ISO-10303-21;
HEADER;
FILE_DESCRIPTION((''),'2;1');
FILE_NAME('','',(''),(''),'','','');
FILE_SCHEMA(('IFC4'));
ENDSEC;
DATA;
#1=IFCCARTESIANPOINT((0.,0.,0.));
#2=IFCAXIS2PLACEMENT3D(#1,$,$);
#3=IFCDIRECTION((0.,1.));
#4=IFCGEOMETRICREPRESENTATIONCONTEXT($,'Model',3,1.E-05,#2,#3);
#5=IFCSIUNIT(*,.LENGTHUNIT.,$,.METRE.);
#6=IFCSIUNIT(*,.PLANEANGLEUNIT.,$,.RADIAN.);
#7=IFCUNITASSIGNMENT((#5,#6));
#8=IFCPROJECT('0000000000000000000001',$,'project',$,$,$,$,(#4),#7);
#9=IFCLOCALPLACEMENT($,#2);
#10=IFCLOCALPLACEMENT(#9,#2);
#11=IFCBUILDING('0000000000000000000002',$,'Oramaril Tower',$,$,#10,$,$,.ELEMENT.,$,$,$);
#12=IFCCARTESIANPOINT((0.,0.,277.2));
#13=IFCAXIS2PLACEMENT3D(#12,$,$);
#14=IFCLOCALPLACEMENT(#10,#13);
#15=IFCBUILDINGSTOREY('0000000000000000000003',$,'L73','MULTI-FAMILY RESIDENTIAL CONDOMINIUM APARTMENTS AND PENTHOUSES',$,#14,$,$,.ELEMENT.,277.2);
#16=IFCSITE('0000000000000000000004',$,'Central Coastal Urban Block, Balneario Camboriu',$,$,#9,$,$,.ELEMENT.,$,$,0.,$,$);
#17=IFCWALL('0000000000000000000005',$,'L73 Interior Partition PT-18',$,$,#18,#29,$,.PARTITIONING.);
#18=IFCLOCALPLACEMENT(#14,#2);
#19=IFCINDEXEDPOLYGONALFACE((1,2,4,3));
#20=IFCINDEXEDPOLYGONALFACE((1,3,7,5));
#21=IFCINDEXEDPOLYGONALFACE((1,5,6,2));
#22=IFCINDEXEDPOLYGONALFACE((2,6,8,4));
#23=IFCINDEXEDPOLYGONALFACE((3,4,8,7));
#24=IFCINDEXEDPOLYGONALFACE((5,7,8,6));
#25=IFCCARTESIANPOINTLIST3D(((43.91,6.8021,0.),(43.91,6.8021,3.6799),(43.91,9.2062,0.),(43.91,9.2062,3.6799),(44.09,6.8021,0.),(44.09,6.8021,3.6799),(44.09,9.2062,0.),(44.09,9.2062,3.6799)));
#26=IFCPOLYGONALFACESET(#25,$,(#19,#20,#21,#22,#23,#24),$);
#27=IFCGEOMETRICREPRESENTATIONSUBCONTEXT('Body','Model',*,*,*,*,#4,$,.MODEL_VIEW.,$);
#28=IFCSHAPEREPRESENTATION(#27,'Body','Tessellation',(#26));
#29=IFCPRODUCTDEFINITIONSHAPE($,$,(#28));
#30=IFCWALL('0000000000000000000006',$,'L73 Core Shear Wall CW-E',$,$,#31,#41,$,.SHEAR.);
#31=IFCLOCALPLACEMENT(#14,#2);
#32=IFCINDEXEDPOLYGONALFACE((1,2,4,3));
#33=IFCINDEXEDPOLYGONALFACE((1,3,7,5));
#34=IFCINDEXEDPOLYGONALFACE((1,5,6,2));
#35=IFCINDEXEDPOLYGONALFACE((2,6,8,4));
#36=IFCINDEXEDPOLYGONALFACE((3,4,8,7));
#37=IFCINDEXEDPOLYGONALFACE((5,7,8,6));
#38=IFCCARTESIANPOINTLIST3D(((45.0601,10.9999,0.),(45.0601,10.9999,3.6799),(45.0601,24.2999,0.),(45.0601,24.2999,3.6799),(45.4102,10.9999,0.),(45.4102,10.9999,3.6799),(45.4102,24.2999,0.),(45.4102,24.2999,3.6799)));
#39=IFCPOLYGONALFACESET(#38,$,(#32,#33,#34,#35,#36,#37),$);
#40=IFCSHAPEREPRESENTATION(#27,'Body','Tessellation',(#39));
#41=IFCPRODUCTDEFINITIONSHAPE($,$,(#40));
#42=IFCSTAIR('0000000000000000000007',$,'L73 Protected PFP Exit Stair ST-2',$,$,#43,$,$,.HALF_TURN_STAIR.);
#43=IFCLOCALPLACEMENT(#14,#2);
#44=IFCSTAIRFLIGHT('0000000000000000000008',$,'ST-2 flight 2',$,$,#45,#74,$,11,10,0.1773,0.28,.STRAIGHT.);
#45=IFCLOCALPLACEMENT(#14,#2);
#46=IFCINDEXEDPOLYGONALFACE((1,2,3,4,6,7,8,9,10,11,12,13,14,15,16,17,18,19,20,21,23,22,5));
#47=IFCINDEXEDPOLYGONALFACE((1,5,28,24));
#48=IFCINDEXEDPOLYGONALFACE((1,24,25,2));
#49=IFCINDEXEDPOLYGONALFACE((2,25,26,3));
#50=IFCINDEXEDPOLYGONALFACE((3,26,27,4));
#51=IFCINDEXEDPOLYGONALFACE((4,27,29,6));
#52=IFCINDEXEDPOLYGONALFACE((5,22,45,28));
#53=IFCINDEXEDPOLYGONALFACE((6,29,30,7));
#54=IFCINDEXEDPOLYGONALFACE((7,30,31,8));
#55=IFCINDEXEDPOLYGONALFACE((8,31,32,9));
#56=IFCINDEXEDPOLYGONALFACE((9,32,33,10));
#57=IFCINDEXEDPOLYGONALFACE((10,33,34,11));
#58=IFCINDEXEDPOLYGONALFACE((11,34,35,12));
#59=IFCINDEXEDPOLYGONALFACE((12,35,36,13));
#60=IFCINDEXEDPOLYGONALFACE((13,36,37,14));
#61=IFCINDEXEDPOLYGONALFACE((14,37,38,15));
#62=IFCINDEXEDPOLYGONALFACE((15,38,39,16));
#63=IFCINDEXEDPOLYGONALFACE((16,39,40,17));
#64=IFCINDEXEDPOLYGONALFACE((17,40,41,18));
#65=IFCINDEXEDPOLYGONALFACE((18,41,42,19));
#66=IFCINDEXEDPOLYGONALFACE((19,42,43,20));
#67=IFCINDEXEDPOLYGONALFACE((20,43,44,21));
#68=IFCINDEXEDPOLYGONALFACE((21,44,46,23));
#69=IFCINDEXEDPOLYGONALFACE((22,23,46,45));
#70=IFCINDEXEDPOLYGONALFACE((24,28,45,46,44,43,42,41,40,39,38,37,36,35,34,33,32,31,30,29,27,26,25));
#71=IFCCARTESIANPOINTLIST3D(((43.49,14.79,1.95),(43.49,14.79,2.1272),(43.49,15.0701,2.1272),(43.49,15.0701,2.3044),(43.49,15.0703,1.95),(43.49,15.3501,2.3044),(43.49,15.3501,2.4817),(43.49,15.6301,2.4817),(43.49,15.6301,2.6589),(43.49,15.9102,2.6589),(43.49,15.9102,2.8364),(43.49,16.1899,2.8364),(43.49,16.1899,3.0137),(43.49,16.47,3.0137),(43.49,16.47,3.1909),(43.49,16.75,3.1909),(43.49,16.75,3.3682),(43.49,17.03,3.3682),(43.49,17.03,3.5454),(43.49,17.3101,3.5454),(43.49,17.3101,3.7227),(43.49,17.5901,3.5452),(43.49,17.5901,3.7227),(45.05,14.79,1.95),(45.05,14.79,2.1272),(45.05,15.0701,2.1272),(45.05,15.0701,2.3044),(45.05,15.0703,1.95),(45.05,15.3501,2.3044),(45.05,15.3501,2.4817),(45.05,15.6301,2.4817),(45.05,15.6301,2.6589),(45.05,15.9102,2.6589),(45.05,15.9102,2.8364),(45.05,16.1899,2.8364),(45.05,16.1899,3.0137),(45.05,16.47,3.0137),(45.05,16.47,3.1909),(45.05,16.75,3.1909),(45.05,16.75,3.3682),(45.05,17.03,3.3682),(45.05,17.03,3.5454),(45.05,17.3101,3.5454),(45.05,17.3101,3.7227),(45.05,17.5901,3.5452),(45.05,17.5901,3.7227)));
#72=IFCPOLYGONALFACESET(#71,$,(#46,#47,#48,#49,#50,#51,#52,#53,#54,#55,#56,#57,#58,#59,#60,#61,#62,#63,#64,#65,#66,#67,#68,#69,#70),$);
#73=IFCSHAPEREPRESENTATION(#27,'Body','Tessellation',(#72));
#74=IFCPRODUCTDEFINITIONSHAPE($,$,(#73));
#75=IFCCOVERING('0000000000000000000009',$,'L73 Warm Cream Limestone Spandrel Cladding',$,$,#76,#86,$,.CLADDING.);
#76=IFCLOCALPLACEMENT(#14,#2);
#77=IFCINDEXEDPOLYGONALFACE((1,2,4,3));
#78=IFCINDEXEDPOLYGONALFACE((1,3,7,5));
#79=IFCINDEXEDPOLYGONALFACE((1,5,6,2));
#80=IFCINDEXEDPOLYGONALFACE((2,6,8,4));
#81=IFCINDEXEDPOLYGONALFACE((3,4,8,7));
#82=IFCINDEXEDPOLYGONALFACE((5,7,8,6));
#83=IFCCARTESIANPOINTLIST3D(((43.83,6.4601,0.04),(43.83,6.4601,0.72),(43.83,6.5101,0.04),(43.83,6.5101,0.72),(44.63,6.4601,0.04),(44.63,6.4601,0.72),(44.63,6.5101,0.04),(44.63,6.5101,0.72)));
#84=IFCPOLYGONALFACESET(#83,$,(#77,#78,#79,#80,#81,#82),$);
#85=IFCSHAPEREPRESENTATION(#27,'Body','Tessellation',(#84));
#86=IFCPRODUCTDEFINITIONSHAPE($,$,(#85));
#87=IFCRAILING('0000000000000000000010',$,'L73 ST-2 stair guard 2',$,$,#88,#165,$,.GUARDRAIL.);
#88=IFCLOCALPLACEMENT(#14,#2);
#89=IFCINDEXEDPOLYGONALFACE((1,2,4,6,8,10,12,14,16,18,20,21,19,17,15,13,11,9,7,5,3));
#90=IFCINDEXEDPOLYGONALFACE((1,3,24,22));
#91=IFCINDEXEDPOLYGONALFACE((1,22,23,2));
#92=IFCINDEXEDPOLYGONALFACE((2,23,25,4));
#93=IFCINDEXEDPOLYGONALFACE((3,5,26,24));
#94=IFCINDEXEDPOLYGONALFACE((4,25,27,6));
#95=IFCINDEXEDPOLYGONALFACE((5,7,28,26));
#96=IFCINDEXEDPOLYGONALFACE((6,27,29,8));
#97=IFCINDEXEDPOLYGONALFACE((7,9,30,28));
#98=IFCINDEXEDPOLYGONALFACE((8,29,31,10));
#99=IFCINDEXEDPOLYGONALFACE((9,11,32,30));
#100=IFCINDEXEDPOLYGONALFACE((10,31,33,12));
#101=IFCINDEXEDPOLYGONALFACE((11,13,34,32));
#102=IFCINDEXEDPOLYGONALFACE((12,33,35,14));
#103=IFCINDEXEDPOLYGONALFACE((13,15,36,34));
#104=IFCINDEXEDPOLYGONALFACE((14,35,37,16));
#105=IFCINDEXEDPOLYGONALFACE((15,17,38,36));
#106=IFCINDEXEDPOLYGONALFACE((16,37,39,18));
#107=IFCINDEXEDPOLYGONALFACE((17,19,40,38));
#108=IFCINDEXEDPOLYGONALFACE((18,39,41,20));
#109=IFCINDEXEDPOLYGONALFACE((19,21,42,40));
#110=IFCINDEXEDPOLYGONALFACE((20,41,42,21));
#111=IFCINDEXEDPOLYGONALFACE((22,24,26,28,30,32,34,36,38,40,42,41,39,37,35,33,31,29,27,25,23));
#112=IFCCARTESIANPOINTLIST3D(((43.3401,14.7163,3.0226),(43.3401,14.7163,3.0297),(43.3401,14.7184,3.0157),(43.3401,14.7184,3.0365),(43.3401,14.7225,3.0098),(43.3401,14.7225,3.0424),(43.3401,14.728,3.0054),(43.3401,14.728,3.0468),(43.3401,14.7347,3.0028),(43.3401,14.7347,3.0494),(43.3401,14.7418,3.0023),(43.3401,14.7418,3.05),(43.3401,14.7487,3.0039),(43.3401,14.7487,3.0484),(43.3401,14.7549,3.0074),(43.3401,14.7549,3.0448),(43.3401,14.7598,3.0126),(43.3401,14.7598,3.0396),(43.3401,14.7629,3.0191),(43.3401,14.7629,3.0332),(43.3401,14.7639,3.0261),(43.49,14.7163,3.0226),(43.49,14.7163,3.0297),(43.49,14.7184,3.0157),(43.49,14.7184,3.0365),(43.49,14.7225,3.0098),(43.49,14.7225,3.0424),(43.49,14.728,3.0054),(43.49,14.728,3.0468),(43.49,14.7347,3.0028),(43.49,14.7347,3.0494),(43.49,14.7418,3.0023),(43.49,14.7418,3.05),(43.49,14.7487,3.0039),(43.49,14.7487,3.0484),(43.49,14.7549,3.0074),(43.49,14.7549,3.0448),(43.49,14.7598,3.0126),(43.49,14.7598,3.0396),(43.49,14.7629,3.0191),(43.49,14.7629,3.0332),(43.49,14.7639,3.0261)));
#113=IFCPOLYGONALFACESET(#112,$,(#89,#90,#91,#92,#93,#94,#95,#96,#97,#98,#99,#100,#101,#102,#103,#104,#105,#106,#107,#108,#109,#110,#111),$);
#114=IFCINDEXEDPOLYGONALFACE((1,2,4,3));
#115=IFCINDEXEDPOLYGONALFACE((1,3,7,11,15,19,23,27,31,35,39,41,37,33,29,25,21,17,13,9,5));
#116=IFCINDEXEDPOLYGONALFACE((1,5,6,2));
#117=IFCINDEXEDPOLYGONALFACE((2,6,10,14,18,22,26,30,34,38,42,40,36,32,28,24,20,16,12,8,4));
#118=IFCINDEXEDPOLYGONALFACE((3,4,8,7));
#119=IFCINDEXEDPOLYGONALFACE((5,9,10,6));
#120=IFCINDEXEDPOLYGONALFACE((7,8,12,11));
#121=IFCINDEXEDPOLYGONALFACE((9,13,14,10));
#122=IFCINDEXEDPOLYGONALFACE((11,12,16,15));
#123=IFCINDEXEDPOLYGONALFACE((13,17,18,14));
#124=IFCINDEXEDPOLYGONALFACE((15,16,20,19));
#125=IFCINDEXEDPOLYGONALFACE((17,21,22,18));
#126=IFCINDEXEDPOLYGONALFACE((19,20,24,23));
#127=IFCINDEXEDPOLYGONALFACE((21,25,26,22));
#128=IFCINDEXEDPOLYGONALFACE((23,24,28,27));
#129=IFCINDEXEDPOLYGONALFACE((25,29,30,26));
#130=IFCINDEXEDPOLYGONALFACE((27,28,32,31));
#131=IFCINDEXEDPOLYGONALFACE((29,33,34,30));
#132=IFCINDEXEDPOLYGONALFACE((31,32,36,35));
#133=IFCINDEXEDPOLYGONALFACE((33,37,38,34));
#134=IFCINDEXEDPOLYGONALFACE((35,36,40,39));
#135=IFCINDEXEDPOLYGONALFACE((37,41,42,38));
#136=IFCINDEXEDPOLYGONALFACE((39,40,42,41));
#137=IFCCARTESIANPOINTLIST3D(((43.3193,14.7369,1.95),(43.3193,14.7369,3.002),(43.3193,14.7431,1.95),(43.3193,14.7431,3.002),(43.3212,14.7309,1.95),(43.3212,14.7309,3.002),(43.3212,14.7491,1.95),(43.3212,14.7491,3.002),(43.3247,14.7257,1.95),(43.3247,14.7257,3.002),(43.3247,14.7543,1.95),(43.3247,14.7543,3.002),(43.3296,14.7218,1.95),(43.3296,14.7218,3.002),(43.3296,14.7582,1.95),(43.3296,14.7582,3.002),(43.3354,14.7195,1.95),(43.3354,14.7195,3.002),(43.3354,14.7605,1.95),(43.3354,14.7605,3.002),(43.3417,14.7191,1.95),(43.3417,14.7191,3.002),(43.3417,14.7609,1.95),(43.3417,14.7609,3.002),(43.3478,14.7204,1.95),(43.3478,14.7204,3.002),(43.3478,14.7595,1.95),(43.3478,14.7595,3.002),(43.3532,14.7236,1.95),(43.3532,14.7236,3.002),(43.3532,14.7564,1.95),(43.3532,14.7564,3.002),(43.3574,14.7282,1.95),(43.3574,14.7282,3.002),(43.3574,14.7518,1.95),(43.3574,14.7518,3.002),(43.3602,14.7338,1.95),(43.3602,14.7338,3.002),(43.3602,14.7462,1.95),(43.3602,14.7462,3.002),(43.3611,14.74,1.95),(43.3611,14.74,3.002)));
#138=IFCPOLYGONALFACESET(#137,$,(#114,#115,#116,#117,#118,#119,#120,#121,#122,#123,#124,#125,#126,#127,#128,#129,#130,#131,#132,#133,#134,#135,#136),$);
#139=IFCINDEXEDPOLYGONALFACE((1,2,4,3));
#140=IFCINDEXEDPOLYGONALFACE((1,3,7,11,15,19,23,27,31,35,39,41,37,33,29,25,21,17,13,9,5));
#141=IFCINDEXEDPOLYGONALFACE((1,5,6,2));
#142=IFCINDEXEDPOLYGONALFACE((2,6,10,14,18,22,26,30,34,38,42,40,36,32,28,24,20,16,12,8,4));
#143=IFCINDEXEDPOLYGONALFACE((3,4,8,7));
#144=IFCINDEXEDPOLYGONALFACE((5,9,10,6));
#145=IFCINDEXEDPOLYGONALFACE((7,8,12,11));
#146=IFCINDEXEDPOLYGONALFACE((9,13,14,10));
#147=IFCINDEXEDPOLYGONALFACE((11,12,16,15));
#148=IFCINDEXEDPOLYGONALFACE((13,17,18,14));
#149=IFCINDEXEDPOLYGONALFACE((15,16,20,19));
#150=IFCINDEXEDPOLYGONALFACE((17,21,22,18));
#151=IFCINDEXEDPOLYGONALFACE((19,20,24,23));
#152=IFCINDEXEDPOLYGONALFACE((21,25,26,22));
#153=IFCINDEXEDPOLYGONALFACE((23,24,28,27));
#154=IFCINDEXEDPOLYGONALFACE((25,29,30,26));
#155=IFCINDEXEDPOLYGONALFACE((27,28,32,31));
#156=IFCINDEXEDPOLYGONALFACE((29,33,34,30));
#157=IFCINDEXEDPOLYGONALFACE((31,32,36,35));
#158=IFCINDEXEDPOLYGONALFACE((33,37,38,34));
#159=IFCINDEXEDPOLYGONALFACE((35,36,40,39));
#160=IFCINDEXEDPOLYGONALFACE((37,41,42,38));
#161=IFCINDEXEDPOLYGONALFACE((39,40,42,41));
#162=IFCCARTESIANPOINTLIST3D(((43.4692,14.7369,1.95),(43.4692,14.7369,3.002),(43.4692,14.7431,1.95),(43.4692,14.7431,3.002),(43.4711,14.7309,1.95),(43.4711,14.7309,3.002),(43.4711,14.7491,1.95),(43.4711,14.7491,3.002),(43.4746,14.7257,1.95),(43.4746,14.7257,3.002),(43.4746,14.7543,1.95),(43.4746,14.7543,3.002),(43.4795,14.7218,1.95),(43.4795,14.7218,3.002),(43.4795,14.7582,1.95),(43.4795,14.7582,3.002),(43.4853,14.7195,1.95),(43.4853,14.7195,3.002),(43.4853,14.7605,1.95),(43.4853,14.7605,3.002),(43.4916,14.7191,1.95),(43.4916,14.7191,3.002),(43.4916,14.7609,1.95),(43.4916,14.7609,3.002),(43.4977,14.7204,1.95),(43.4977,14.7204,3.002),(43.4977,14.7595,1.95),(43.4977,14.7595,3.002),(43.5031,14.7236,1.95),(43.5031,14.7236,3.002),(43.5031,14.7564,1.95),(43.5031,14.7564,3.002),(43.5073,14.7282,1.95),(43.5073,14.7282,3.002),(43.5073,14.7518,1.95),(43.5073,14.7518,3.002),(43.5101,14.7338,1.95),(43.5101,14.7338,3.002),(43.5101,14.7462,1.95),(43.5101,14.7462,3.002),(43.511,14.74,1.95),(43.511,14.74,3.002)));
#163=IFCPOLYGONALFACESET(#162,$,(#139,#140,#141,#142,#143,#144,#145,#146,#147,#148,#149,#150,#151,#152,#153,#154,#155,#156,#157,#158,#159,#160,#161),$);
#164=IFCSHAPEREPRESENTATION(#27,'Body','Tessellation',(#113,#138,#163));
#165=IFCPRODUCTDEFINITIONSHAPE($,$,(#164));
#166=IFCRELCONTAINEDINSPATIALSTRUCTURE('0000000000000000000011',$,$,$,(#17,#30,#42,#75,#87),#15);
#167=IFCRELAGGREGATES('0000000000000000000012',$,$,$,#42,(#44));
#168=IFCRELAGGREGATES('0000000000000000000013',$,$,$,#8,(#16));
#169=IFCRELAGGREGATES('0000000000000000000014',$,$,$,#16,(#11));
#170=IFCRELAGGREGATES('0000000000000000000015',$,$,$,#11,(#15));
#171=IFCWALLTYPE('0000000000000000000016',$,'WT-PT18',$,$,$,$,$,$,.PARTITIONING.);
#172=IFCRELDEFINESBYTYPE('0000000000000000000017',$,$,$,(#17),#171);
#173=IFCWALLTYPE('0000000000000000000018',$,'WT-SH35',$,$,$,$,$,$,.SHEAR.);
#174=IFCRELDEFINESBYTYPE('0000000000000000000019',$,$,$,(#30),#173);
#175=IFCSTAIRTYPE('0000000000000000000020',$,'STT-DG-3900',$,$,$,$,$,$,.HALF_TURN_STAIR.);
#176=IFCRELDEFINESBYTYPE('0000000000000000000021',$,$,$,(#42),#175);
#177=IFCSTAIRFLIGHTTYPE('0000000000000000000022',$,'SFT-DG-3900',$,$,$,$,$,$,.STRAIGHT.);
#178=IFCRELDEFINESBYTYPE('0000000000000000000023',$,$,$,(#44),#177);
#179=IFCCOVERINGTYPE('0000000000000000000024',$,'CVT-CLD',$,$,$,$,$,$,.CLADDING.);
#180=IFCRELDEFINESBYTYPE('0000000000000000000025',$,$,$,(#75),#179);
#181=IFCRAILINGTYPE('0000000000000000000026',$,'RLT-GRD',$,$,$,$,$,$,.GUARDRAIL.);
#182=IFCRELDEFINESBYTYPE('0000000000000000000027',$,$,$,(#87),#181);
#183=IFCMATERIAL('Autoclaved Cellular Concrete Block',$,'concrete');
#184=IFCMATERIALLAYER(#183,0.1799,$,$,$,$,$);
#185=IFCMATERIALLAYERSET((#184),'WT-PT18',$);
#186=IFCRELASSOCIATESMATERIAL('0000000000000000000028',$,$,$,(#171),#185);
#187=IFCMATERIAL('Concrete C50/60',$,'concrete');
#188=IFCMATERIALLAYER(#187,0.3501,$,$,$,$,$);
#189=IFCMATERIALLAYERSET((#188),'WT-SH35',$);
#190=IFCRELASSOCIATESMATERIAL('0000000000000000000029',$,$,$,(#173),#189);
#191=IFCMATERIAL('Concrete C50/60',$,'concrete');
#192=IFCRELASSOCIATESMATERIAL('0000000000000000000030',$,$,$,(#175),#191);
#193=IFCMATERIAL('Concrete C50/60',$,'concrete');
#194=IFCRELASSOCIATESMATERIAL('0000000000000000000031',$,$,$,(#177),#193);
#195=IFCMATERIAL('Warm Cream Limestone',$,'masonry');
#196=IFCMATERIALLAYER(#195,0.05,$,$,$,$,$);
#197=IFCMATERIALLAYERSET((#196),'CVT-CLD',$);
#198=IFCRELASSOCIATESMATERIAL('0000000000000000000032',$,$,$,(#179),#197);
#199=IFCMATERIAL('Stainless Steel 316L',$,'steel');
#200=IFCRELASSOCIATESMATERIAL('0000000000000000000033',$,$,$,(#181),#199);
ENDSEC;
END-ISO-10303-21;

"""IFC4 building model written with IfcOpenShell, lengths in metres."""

from ifc_helpers import new_model, si_unit, direction, frame, frame_2d, origin, origin_2d, place, context, subcontext, project, spatial, polyline, rectangle, circle, outline, extrude, material, layer, layer_set, type_object, element, aggregate, save


model = new_model("IFC4")

# Units and contexts
model_context = context("Model", 3, precision=1e-05, world=origin(), true_north=direction((0.0, 1.0)))
body_context = subcontext(model_context, "Body", "Model", "MODEL_VIEW")
ifc_project = project(units=[si_unit("LENGTHUNIT", "METRE"), si_unit("PLANEANGLEUNIT", "RADIAN")], contexts=[model_context])

# Site, building, storey
site_placement = place(None, origin())
site = spatial("IfcSite", under=ifc_project, at=site_placement, Name="Central Coastal Urban Block, Balneario Camboriu", CompositionType="ELEMENT", RefElevation=0.0)
building_placement = place(site_placement, origin())
building = spatial("IfcBuilding", under=site, at=building_placement, Name="Oramaril Tower", CompositionType="ELEMENT")
storey_placement = place(building_placement, frame((0.0, 0.0, 277.2)))
storey = spatial("IfcBuildingStorey", under=building, at=storey_placement, Name="L73", Description="MULTI-FAMILY RESIDENTIAL CONDOMINIUM APARTMENTS AND PENTHOUSES", CompositionType="ELEMENT", Elevation=277.2)

# Walls
ifc_material_1 = material(Name="Autoclaved Cellular Concrete Block", Category="concrete")
ifc_layer_1 = layer(ifc_material_1, 0.1799)
ifc_layer_set_1 = layer_set([ifc_layer_1], Name="WT-PT18")
wall_type_1 = type_object("IfcWallType", Name="WT-PT18", PredefinedType="PARTITIONING", material=ifc_layer_set_1)
wall_1_placement = place(storey_placement, frame((44.0, 6.802, 0.0), z_axis=(0.0, 0.0, 1.0), x_axis=(0.0, 1.0, 0.0)))
element("IfcWall", 1, at=wall_1_placement, inside=storey, type_object=wall_type_1, Name="L73 Interior Partition PT-18", PredefinedType="PARTITIONING", context=body_context, shape_type="SweptSolid", body=[
    extrude(rectangle(XDim=2.4041, YDim=0.1799, at=frame_2d((1.2021, 0.0))), origin(), (0.0, 0.0, 1.0), 3.6799),
])
ifc_material_2 = material(Name="Concrete C50/60", Category="concrete")
ifc_layer_2 = layer(ifc_material_2, 0.3501)
ifc_layer_set_2 = layer_set([ifc_layer_2], Name="WT-SH35")
wall_type_2 = type_object("IfcWallType", Name="WT-SH35", PredefinedType="SHEAR", material=ifc_layer_set_2)
wall_2_placement = place(storey_placement, frame((45.2351, 11.0, 0.0), z_axis=(0.0, 0.0, 1.0), x_axis=(0.0, 1.0, 0.0)))
element("IfcWall", 2, at=wall_2_placement, inside=storey, type_object=wall_type_2, Name="L73 Core Shear Wall CW-E", PredefinedType="SHEAR", context=body_context, shape_type="SweptSolid", body=[
    extrude(rectangle(XDim=13.3, YDim=0.3501, at=frame_2d((6.6499, 0.0))), origin(), (0.0, 0.0, 1.0), 3.6799),
])

# Stair, stair flight
ifc_material_3 = material(Name="Concrete C50/60", Category="concrete")
stair_type = type_object("IfcStairType", Name="STT-DG-3900", PredefinedType="HALF_TURN_STAIR", material=ifc_material_3)
stair_placement = place(storey_placement, origin())
stair = element("IfcStair", 3, at=stair_placement, inside=storey, type_object=stair_type, Name="L73 Protected PFP Exit Stair ST-2", PredefinedType="HALF_TURN_STAIR")
ifc_material_4 = material(Name="Concrete C50/60", Category="concrete")
stair_flight_type = type_object("IfcStairFlightType", Name="SFT-DG-3900", PredefinedType="STRAIGHT", material=ifc_material_4)
stair_flight_placement = place(storey_placement, frame((44.27, 14.79, 1.95), z_axis=(0.0, 0.0, 1.0), x_axis=(0.0, 1.0, 0.0)))
stair_flight = element("IfcStairFlight", 4, at=stair_flight_placement, type_object=stair_flight_type, Name="ST-2 flight 2", NumberOfRisers=11, NumberOfTreads=10, PredefinedType="STRAIGHT", RiserHeight=0.1773, TreadLength=0.28, context=body_context, shape_type="SweptSolid", body=[
    extrude(outline(polyline([(0.0, 0.0), (0.0, 0.1772), (0.28, 0.1772), (0.28, 0.3545), (0.5601, 0.3545), (0.5601, 0.5317), (0.8401, 0.5317), (0.8401, 0.709), (1.1201, 0.709), (1.1201, 0.8865), (1.3999, 0.8865), (1.3999, 1.0637), (1.6799, 1.0637), (1.6799, 1.241), (1.96, 1.241), (1.96, 1.4182), (2.24, 1.4182), (2.24, 1.5955), (2.52, 1.5955), (2.52, 1.7727), (2.8, 1.7727), (2.8, 1.95), (2.8, 1.5952), (0.2803, 0.0), (0.0, 0.0)])), frame((0.0, 0.78, 0.0), z_axis=(0.0, -1.0, 0.0), x_axis=(1.0, 0.0, 0.0)), (0.0, 0.0, 1.0), 1.5601),
])
aggregate(stair, [stair_flight])

# Covering
ifc_material_5 = material(Name="Warm Cream Limestone", Category="masonry")
ifc_layer_3 = layer(ifc_material_5, 0.05)
ifc_layer_set_3 = layer_set([ifc_layer_3], Name="CVT-CLD")
covering_type = type_object("IfcCoveringType", Name="CVT-CLD", PredefinedType="CLADDING", material=ifc_layer_set_3)
covering_placement = place(storey_placement, frame((44.23, 6.4851, 0.04), z_axis=(0.0, 0.0, 1.0), x_axis=(1.0, 0.0, 0.0)))
element("IfcCovering", 5, at=covering_placement, inside=storey, type_object=covering_type, Name="L73 Warm Cream Limestone Spandrel Cladding", PredefinedType="CLADDING", context=body_context, shape_type="SweptSolid", body=[
    extrude(rectangle(XDim=0.8, YDim=0.05, at=origin_2d()), origin(), (0.0, 0.0, 1.0), 0.6799),
])

# Railing
ifc_material_6 = material(Name="Stainless Steel 316L", Category="steel")
railing_type_1 = type_object("IfcRailingType", Name="RLT-GRD", PredefinedType="GUARDRAIL", material=ifc_material_6)
railing_1_placement = place(storey_placement, frame((43.3401, 14.74, 1.95)))
element("IfcRailing", 6, at=railing_1_placement, inside=storey, type_object=railing_type_1, Name="L73 ST-2 stair guard 2", PredefinedType="GUARDRAIL", context=body_context, shape_type="SweptSolid", body=[
    extrude(circle(Radius=0.0239, at=origin_2d()), frame((0.0, 0.0, 1.0762), z_axis=(1.0, 0.0, 0.0), x_axis=(0.0, 1.0, 0.0)), (0.0, 0.0, 1.0), 0.1499),
    extrude(circle(Radius=0.021, at=origin_2d()), origin(), (0.0, 0.0, 1.0), 1.052),
    extrude(circle(Radius=0.021, at=origin_2d()), frame((0.1499, 0.0, 0.0)), (0.0, 0.0, 1.0), 1.052),
])

save(model, "model.ifc")
